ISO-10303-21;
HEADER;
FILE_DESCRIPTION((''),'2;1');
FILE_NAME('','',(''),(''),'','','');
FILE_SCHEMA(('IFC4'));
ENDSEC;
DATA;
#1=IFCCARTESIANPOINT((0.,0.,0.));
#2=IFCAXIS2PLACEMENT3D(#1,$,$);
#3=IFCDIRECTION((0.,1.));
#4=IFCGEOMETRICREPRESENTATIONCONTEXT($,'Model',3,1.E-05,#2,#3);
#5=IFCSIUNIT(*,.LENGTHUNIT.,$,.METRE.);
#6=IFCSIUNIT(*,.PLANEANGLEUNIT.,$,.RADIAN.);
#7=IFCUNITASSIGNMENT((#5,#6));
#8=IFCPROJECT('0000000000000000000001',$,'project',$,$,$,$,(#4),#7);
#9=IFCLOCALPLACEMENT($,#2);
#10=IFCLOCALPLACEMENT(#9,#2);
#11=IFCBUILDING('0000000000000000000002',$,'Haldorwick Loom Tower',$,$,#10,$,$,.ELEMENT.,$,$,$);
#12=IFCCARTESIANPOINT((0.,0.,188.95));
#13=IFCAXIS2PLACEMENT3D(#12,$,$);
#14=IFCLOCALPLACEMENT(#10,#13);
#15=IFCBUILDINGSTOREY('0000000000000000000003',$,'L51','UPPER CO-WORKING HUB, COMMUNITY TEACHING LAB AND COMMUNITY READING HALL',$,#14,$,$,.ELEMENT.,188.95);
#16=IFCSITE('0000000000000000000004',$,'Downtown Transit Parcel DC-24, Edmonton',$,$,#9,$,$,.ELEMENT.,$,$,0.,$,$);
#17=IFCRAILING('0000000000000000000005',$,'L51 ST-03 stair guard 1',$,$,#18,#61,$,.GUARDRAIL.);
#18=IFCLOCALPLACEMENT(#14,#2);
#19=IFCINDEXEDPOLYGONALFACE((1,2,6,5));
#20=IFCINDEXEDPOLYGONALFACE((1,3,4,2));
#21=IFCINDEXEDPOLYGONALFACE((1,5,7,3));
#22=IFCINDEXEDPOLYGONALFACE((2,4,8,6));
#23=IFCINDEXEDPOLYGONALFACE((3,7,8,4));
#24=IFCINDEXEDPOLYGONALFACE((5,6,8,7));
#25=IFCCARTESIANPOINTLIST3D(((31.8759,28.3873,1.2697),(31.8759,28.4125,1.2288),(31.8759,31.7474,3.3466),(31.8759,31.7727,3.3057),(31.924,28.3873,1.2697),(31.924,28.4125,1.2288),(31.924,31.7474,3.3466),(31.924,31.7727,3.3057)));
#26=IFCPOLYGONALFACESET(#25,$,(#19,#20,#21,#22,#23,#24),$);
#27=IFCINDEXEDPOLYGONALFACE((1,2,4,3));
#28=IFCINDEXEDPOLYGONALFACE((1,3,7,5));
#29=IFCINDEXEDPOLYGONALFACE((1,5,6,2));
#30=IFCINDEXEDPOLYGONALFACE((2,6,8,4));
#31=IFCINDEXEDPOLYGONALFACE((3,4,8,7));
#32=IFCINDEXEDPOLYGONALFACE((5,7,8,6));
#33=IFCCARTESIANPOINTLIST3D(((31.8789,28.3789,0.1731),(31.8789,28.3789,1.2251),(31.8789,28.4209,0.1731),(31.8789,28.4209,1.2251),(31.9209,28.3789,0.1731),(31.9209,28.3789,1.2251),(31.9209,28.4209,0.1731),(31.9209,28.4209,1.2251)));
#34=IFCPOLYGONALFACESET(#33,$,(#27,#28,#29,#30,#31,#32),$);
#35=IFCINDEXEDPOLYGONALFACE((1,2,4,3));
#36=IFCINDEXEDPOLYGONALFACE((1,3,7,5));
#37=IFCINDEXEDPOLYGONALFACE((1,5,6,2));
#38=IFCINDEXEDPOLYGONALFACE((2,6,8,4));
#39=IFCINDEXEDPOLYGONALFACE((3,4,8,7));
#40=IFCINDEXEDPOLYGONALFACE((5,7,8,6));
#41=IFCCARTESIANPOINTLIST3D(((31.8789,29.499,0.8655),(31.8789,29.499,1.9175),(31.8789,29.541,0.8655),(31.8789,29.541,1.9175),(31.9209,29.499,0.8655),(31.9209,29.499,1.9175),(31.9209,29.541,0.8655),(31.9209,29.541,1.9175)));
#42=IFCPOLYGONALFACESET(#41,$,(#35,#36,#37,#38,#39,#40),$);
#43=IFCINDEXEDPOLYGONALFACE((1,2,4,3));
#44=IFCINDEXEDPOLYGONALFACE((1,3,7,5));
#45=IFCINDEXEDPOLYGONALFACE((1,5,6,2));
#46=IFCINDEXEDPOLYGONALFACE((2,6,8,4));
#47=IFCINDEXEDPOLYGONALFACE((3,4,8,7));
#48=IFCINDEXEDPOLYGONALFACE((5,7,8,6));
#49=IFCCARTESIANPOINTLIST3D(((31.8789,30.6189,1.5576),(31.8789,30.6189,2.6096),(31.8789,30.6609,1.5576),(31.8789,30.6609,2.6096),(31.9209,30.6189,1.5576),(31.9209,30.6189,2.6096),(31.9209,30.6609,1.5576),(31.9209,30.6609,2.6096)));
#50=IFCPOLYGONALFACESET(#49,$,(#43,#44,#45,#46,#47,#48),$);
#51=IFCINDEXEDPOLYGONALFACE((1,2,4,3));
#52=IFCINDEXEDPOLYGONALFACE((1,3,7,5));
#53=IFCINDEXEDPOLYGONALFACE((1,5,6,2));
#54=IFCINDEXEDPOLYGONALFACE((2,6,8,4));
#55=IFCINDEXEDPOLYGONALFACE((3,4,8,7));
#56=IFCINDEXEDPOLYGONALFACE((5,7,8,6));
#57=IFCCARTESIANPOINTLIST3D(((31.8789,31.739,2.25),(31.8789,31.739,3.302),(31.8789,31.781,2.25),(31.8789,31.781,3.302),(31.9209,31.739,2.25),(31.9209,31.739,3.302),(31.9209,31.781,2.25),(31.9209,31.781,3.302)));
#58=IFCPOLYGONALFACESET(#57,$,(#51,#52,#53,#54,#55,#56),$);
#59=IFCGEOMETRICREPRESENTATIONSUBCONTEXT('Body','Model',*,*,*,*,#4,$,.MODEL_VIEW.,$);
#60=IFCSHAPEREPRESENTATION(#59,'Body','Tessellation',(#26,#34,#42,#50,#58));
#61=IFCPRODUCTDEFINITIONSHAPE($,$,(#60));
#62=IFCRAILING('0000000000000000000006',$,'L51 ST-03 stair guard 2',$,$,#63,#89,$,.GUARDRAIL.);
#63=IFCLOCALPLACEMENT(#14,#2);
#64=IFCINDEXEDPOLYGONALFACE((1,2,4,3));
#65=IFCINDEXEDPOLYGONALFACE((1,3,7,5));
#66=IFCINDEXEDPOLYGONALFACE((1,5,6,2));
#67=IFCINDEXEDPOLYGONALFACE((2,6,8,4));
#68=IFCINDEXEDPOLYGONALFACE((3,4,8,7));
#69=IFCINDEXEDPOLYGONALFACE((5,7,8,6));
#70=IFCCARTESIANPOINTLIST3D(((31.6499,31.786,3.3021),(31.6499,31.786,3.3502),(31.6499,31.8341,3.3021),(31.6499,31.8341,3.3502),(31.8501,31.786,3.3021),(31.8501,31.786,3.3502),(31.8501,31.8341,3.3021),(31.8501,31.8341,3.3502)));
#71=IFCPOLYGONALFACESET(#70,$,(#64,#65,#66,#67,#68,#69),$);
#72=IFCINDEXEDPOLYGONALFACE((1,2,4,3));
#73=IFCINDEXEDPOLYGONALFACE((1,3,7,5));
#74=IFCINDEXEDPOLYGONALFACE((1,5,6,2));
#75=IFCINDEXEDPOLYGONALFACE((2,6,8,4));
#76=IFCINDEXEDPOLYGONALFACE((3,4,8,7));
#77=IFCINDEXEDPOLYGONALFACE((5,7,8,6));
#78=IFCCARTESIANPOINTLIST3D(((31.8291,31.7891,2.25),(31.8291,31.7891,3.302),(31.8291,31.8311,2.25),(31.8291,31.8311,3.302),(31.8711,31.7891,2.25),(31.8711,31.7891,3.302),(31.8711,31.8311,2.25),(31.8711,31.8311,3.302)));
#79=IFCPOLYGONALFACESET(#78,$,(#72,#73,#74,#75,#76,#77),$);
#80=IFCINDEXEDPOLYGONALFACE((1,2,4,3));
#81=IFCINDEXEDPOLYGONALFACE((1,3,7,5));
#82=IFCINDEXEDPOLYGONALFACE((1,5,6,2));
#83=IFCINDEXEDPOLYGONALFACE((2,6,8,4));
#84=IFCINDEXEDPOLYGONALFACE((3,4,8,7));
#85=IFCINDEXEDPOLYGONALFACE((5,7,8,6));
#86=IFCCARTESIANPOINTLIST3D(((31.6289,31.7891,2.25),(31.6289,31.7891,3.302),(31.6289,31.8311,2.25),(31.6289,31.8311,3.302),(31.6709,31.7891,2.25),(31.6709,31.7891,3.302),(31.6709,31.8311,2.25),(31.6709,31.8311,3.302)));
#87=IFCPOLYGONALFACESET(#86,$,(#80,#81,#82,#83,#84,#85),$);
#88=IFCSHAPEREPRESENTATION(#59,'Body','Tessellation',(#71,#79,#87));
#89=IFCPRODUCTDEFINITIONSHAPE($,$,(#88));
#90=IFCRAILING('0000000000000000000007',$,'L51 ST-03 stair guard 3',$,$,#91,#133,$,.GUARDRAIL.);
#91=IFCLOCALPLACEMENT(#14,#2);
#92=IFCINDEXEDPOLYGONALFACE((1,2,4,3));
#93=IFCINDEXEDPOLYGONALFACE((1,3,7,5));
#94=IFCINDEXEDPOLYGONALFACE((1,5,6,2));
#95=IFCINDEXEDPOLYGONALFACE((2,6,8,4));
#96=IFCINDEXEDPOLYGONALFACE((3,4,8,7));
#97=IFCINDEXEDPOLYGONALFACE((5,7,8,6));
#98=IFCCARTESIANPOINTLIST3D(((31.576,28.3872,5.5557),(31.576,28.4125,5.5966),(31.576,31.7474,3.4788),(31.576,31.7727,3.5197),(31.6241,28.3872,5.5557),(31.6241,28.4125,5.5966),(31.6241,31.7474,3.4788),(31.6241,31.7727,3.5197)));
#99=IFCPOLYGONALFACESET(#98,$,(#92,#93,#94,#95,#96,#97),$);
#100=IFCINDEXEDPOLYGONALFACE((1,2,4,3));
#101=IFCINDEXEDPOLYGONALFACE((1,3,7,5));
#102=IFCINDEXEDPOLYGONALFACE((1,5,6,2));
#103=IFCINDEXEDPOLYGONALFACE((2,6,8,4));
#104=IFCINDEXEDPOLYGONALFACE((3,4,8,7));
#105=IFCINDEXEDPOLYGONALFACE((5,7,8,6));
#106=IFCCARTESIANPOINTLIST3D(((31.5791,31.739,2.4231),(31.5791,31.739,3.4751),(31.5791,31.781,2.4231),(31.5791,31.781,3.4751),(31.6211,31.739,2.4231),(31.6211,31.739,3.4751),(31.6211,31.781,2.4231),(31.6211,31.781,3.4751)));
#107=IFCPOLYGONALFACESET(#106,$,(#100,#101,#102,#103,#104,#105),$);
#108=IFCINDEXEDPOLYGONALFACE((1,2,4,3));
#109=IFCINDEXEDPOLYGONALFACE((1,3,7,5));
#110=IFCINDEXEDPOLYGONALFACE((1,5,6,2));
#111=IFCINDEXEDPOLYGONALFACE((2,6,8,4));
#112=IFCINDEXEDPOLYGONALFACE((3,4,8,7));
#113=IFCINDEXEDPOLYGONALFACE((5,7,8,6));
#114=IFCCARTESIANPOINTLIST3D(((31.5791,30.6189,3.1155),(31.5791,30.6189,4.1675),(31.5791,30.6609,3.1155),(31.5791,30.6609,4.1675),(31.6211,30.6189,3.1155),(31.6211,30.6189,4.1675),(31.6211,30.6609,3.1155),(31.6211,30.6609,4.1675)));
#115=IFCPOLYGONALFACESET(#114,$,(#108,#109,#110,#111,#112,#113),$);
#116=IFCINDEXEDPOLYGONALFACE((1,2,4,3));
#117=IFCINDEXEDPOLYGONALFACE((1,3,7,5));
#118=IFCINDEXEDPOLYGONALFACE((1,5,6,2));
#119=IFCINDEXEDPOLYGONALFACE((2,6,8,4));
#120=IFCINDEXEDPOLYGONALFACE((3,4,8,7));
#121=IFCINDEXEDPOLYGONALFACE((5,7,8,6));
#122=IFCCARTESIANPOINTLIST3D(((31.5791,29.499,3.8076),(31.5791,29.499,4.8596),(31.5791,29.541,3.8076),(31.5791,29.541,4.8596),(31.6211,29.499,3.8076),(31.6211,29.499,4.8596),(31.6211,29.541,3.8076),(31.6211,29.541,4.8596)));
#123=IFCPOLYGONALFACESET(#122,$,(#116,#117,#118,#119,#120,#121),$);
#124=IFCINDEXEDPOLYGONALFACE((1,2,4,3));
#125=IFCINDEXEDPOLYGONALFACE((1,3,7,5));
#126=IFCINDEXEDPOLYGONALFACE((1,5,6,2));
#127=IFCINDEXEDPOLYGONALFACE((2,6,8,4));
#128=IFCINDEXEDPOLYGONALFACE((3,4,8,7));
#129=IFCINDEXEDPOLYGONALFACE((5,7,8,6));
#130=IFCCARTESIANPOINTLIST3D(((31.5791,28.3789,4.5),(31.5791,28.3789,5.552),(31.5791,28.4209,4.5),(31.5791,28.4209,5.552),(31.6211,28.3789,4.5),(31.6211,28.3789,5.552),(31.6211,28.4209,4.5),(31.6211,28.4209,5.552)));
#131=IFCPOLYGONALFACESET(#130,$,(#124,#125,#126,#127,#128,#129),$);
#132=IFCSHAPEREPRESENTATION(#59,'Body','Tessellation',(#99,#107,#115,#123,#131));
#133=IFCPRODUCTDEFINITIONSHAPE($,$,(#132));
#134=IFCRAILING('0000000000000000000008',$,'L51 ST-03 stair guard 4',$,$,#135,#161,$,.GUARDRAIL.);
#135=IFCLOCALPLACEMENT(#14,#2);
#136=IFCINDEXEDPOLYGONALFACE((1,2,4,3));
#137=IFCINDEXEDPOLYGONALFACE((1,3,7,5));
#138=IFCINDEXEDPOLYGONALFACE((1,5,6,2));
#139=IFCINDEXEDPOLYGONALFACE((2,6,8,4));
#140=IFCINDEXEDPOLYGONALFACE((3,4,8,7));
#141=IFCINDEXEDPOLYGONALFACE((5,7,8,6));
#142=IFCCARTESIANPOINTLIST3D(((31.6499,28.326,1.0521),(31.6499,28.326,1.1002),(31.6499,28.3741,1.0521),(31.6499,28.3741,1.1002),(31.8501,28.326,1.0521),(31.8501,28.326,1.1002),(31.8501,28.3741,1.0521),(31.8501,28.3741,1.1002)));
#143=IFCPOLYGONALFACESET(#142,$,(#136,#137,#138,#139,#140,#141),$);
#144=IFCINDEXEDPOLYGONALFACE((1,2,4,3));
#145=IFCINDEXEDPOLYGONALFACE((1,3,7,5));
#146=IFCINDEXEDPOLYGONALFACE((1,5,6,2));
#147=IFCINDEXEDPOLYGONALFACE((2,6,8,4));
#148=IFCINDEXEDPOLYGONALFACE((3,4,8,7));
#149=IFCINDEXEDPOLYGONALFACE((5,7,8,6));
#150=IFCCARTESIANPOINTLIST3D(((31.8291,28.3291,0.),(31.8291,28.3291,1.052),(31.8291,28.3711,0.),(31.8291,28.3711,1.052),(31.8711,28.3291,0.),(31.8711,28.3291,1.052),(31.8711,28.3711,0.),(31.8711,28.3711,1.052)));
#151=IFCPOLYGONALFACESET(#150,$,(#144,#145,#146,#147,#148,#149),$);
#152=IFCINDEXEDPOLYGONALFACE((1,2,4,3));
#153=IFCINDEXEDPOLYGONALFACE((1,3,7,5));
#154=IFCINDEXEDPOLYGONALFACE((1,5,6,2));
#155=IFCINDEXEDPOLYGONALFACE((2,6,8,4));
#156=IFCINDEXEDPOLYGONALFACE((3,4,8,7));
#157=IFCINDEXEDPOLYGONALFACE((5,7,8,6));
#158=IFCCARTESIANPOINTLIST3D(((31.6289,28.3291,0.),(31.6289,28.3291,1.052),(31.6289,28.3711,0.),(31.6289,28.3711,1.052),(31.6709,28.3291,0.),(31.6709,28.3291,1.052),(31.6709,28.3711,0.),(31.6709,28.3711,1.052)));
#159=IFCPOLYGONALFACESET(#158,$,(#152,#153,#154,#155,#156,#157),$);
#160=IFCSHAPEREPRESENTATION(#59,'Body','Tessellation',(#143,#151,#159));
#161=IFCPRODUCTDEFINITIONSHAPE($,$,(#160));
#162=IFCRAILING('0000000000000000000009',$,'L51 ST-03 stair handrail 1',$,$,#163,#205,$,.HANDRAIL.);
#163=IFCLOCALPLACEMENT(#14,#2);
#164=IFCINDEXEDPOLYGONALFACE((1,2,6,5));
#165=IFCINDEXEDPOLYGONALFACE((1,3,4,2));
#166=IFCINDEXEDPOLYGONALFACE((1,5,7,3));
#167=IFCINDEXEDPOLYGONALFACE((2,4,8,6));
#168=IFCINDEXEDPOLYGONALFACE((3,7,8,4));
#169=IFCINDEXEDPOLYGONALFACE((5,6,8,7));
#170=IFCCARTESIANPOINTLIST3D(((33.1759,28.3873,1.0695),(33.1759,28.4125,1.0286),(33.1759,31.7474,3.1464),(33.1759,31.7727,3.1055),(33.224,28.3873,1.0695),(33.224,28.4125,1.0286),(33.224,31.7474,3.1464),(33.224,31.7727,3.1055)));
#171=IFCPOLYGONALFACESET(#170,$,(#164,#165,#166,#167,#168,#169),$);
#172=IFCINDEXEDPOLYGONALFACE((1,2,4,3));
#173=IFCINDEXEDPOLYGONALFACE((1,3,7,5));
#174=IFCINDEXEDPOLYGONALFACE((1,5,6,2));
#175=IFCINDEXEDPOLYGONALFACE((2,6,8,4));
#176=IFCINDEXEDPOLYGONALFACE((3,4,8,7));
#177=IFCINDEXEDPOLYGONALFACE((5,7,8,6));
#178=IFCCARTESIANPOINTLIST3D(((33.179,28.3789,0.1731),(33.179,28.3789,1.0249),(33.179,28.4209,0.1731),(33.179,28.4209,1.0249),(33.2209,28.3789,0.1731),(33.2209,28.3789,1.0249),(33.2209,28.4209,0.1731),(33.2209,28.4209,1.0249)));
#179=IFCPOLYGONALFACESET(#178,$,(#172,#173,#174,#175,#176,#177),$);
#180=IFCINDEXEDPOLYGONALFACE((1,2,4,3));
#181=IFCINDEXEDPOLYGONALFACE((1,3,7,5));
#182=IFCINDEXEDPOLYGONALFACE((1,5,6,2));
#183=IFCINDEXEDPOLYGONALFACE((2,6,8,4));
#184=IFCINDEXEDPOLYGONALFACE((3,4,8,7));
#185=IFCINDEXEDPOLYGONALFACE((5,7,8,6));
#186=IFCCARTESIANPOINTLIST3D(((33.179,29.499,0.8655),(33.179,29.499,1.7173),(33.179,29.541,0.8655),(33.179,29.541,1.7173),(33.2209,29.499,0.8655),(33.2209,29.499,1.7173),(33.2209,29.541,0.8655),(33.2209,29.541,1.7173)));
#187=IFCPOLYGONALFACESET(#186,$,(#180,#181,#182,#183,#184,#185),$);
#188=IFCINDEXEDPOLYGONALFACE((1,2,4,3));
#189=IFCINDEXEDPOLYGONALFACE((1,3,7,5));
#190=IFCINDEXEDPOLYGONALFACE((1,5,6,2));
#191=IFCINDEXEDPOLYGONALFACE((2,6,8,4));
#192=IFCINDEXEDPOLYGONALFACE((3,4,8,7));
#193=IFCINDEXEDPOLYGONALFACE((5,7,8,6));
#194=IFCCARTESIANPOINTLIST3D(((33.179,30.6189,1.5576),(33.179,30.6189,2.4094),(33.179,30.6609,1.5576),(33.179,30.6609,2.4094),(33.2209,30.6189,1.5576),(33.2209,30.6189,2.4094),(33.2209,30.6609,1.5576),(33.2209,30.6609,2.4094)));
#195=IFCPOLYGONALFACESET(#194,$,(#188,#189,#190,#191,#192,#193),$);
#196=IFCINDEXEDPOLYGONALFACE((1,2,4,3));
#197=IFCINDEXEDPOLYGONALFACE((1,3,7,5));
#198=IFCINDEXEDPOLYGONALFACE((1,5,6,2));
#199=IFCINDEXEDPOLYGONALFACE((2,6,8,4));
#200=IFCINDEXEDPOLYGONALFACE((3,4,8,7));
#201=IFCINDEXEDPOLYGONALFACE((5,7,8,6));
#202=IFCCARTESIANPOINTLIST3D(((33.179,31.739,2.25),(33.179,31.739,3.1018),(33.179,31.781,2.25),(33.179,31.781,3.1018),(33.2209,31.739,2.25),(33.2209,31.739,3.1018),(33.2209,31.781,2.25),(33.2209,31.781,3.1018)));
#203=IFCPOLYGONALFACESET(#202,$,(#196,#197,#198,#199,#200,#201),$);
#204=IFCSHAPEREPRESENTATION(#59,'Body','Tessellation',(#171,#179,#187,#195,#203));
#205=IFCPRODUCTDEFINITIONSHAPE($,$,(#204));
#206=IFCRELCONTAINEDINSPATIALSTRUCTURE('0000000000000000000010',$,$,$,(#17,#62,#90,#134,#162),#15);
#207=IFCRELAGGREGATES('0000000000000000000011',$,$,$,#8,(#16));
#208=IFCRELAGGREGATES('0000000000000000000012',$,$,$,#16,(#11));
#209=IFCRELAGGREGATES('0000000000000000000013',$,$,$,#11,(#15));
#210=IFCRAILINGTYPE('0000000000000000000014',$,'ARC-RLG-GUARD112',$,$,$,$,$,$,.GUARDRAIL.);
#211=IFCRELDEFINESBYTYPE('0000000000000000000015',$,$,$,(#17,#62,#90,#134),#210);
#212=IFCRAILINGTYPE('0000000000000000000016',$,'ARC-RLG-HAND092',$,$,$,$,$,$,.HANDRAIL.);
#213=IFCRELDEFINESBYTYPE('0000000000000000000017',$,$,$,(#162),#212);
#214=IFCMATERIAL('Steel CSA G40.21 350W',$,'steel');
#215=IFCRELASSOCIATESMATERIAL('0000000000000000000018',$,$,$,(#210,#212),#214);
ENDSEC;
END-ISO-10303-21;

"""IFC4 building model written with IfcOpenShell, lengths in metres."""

from ifc_helpers import new_model, si_unit, direction, frame, origin, origin_2d, place, context, subcontext, project, spatial, rectangle, extrude, material, type_object, element, save


model = new_model("IFC4")

# Units and contexts
model_context = context("Model", 3, precision=1e-05, world=origin(), true_north=direction((0.0, 1.0)))
body_context = subcontext(model_context, "Body", "Model", "MODEL_VIEW")
ifc_project = project(units=[si_unit("LENGTHUNIT", "METRE"), si_unit("PLANEANGLEUNIT", "RADIAN")], contexts=[model_context])

# Site, building, storey
site_placement = place(None, origin())
site = spatial("IfcSite", under=ifc_project, at=site_placement, Name="Downtown Transit Parcel DC-24, Edmonton", CompositionType="ELEMENT", RefElevation=0.0)
building_placement = place(site_placement, origin())
building = spatial("IfcBuilding", under=site, at=building_placement, Name="Haldorwick Loom Tower", CompositionType="ELEMENT")
storey_placement = place(building_placement, frame((0.0, 0.0, 188.95)))
storey = spatial("IfcBuildingStorey", under=building, at=storey_placement, Name="L51", Description="UPPER CO-WORKING HUB, COMMUNITY TEACHING LAB AND COMMUNITY READING HALL", CompositionType="ELEMENT", Elevation=188.95)

# Shared definitions
ifc_material_1 = material(Name="Steel CSA G40.21 350W", Category="steel")

# Railings
railing_type_1 = type_object("IfcRailingType", Name="ARC-RLG-GUARD112", PredefinedType="GUARDRAIL", material=ifc_material_1)
railing_1_placement = place(storey_placement, frame((31.8999, 28.3999, 0.1731)))
element("IfcRailing", 1, at=railing_1_placement, inside=storey, type_object=railing_type_1, Name="L51 ST-03 stair guard 1", PredefinedType="GUARDRAIL", context=body_context, shape_type="SweptSolid", body=[
    extrude(rectangle(XDim=0.0481, YDim=0.0481, at=origin_2d()), frame((0.0, 0.0, 1.0762), z_axis=(0.0, 0.850623, 0.525776), x_axis=(-1.0, 0.0, 0.0)), (0.0, 0.0, 1.0), 3.9502),
    extrude(rectangle(XDim=0.042, YDim=0.042, at=origin_2d()), origin(), (0.0, 0.0, 1.0), 1.052),
    extrude(rectangle(XDim=0.042, YDim=0.042, at=origin_2d()), frame((0.0, 1.1201, 0.6924)), (0.0, 0.0, 1.0), 1.052),
    extrude(rectangle(XDim=0.042, YDim=0.042, at=origin_2d()), frame((0.0, 2.24, 1.3845)), (0.0, 0.0, 1.0), 1.052),
    extrude(rectangle(XDim=0.042, YDim=0.042, at=origin_2d()), frame((0.0, 3.3601, 2.0769)), (0.0, 0.0, 1.0), 1.052),
])
railing_2_placement = place(storey_placement, frame((31.8501, 31.8101, 2.25)))
element("IfcRailing", 2, at=railing_2_placement, inside=storey, type_object=railing_type_1, Name="L51 ST-03 stair guard 2", PredefinedType="GUARDRAIL", context=body_context, shape_type="SweptSolid", body=[
    extrude(rectangle(XDim=0.0481, YDim=0.0481, at=origin_2d()), frame((0.0, 0.0, 1.0762), z_axis=(-1.0, 0.0, 0.0), x_axis=(0.0, -1.0, 0.0)), (0.0, 0.0, 1.0), 0.2002),
    extrude(rectangle(XDim=0.042, YDim=0.042, at=origin_2d()), origin(), (0.0, 0.0, 1.0), 1.052),
    extrude(rectangle(XDim=0.042, YDim=0.042, at=origin_2d()), frame((-0.2002, 0.0, 0.0)), (0.0, 0.0, 1.0), 1.052),
])
railing_3_placement = place(storey_placement, frame((31.6001, 31.76, 2.4231)))
element("IfcRailing", 3, at=railing_3_placement, inside=storey, type_object=railing_type_1, Name="L51 ST-03 stair guard 3", PredefinedType="GUARDRAIL", context=body_context, shape_type="SweptSolid", body=[
    extrude(rectangle(XDim=0.0481, YDim=0.0481, at=origin_2d()), frame((0.0, 0.0, 1.0762), z_axis=(0.0, -0.850623, 0.525776), x_axis=(1.0, 0.0, 0.0)), (0.0, 0.0, 1.0), 3.9502),
    extrude(rectangle(XDim=0.042, YDim=0.042, at=origin_2d()), origin(), (0.0, 0.0, 1.0), 1.052),
    extrude(rectangle(XDim=0.042, YDim=0.042, at=origin_2d()), frame((0.0, -1.1201, 0.6924)), (0.0, 0.0, 1.0), 1.052),
    extrude(rectangle(XDim=0.042, YDim=0.042, at=origin_2d()), frame((0.0, -2.24, 1.3845)), (0.0, 0.0, 1.0), 1.052),
    extrude(rectangle(XDim=0.042, YDim=0.042, at=origin_2d()), frame((0.0, -3.3601, 2.0769)), (0.0, 0.0, 1.0), 1.052),
])
railing_4_placement = place(storey_placement, frame((31.8501, 28.3501, 0.0)))
element("IfcRailing", 4, at=railing_4_placement, inside=storey, type_object=railing_type_1, Name="L51 ST-03 stair guard 4", PredefinedType="GUARDRAIL", context=body_context, shape_type="SweptSolid", body=[
    extrude(rectangle(XDim=0.0481, YDim=0.0481, at=origin_2d()), frame((0.0, 0.0, 1.0762), z_axis=(-1.0, 0.0, 0.0), x_axis=(0.0, -1.0, 0.0)), (0.0, 0.0, 1.0), 0.2002),
    extrude(rectangle(XDim=0.042, YDim=0.042, at=origin_2d()), origin(), (0.0, 0.0, 1.0), 1.052),
    extrude(rectangle(XDim=0.042, YDim=0.042, at=origin_2d()), frame((-0.2002, 0.0, 0.0)), (0.0, 0.0, 1.0), 1.052),
])
railing_type_2 = type_object("IfcRailingType", Name="ARC-RLG-HAND092", PredefinedType="HANDRAIL", material=ifc_material_1)
railing_5_placement = place(storey_placement, frame((33.2, 28.3999, 0.1731)))
element("IfcRailing", 5, at=railing_5_placement, inside=storey, type_object=railing_type_2, Name="L51 ST-03 stair handrail 1", PredefinedType="HANDRAIL", context=body_context, shape_type="SweptSolid", body=[
    extrude(rectangle(XDim=0.0481, YDim=0.0481, at=origin_2d()), frame((0.0, 0.0, 0.876), z_axis=(0.0, 0.850623, 0.525776), x_axis=(-1.0, 0.0, 0.0)), (0.0, 0.0, 1.0), 3.9502),
    extrude(rectangle(XDim=0.042, YDim=0.042, at=origin_2d()), origin(), (0.0, 0.0, 1.0), 0.8518),
    extrude(rectangle(XDim=0.042, YDim=0.042, at=origin_2d()), frame((0.0, 1.1201, 0.6924)), (0.0, 0.0, 1.0), 0.8518),
    extrude(rectangle(XDim=0.042, YDim=0.042, at=origin_2d()), frame((0.0, 2.24, 1.3845)), (0.0, 0.0, 1.0), 0.8518),
    extrude(rectangle(XDim=0.042, YDim=0.042, at=origin_2d()), frame((0.0, 3.3601, 2.0769)), (0.0, 0.0, 1.0), 0.8518),
])

save(model, "model.ifc")
